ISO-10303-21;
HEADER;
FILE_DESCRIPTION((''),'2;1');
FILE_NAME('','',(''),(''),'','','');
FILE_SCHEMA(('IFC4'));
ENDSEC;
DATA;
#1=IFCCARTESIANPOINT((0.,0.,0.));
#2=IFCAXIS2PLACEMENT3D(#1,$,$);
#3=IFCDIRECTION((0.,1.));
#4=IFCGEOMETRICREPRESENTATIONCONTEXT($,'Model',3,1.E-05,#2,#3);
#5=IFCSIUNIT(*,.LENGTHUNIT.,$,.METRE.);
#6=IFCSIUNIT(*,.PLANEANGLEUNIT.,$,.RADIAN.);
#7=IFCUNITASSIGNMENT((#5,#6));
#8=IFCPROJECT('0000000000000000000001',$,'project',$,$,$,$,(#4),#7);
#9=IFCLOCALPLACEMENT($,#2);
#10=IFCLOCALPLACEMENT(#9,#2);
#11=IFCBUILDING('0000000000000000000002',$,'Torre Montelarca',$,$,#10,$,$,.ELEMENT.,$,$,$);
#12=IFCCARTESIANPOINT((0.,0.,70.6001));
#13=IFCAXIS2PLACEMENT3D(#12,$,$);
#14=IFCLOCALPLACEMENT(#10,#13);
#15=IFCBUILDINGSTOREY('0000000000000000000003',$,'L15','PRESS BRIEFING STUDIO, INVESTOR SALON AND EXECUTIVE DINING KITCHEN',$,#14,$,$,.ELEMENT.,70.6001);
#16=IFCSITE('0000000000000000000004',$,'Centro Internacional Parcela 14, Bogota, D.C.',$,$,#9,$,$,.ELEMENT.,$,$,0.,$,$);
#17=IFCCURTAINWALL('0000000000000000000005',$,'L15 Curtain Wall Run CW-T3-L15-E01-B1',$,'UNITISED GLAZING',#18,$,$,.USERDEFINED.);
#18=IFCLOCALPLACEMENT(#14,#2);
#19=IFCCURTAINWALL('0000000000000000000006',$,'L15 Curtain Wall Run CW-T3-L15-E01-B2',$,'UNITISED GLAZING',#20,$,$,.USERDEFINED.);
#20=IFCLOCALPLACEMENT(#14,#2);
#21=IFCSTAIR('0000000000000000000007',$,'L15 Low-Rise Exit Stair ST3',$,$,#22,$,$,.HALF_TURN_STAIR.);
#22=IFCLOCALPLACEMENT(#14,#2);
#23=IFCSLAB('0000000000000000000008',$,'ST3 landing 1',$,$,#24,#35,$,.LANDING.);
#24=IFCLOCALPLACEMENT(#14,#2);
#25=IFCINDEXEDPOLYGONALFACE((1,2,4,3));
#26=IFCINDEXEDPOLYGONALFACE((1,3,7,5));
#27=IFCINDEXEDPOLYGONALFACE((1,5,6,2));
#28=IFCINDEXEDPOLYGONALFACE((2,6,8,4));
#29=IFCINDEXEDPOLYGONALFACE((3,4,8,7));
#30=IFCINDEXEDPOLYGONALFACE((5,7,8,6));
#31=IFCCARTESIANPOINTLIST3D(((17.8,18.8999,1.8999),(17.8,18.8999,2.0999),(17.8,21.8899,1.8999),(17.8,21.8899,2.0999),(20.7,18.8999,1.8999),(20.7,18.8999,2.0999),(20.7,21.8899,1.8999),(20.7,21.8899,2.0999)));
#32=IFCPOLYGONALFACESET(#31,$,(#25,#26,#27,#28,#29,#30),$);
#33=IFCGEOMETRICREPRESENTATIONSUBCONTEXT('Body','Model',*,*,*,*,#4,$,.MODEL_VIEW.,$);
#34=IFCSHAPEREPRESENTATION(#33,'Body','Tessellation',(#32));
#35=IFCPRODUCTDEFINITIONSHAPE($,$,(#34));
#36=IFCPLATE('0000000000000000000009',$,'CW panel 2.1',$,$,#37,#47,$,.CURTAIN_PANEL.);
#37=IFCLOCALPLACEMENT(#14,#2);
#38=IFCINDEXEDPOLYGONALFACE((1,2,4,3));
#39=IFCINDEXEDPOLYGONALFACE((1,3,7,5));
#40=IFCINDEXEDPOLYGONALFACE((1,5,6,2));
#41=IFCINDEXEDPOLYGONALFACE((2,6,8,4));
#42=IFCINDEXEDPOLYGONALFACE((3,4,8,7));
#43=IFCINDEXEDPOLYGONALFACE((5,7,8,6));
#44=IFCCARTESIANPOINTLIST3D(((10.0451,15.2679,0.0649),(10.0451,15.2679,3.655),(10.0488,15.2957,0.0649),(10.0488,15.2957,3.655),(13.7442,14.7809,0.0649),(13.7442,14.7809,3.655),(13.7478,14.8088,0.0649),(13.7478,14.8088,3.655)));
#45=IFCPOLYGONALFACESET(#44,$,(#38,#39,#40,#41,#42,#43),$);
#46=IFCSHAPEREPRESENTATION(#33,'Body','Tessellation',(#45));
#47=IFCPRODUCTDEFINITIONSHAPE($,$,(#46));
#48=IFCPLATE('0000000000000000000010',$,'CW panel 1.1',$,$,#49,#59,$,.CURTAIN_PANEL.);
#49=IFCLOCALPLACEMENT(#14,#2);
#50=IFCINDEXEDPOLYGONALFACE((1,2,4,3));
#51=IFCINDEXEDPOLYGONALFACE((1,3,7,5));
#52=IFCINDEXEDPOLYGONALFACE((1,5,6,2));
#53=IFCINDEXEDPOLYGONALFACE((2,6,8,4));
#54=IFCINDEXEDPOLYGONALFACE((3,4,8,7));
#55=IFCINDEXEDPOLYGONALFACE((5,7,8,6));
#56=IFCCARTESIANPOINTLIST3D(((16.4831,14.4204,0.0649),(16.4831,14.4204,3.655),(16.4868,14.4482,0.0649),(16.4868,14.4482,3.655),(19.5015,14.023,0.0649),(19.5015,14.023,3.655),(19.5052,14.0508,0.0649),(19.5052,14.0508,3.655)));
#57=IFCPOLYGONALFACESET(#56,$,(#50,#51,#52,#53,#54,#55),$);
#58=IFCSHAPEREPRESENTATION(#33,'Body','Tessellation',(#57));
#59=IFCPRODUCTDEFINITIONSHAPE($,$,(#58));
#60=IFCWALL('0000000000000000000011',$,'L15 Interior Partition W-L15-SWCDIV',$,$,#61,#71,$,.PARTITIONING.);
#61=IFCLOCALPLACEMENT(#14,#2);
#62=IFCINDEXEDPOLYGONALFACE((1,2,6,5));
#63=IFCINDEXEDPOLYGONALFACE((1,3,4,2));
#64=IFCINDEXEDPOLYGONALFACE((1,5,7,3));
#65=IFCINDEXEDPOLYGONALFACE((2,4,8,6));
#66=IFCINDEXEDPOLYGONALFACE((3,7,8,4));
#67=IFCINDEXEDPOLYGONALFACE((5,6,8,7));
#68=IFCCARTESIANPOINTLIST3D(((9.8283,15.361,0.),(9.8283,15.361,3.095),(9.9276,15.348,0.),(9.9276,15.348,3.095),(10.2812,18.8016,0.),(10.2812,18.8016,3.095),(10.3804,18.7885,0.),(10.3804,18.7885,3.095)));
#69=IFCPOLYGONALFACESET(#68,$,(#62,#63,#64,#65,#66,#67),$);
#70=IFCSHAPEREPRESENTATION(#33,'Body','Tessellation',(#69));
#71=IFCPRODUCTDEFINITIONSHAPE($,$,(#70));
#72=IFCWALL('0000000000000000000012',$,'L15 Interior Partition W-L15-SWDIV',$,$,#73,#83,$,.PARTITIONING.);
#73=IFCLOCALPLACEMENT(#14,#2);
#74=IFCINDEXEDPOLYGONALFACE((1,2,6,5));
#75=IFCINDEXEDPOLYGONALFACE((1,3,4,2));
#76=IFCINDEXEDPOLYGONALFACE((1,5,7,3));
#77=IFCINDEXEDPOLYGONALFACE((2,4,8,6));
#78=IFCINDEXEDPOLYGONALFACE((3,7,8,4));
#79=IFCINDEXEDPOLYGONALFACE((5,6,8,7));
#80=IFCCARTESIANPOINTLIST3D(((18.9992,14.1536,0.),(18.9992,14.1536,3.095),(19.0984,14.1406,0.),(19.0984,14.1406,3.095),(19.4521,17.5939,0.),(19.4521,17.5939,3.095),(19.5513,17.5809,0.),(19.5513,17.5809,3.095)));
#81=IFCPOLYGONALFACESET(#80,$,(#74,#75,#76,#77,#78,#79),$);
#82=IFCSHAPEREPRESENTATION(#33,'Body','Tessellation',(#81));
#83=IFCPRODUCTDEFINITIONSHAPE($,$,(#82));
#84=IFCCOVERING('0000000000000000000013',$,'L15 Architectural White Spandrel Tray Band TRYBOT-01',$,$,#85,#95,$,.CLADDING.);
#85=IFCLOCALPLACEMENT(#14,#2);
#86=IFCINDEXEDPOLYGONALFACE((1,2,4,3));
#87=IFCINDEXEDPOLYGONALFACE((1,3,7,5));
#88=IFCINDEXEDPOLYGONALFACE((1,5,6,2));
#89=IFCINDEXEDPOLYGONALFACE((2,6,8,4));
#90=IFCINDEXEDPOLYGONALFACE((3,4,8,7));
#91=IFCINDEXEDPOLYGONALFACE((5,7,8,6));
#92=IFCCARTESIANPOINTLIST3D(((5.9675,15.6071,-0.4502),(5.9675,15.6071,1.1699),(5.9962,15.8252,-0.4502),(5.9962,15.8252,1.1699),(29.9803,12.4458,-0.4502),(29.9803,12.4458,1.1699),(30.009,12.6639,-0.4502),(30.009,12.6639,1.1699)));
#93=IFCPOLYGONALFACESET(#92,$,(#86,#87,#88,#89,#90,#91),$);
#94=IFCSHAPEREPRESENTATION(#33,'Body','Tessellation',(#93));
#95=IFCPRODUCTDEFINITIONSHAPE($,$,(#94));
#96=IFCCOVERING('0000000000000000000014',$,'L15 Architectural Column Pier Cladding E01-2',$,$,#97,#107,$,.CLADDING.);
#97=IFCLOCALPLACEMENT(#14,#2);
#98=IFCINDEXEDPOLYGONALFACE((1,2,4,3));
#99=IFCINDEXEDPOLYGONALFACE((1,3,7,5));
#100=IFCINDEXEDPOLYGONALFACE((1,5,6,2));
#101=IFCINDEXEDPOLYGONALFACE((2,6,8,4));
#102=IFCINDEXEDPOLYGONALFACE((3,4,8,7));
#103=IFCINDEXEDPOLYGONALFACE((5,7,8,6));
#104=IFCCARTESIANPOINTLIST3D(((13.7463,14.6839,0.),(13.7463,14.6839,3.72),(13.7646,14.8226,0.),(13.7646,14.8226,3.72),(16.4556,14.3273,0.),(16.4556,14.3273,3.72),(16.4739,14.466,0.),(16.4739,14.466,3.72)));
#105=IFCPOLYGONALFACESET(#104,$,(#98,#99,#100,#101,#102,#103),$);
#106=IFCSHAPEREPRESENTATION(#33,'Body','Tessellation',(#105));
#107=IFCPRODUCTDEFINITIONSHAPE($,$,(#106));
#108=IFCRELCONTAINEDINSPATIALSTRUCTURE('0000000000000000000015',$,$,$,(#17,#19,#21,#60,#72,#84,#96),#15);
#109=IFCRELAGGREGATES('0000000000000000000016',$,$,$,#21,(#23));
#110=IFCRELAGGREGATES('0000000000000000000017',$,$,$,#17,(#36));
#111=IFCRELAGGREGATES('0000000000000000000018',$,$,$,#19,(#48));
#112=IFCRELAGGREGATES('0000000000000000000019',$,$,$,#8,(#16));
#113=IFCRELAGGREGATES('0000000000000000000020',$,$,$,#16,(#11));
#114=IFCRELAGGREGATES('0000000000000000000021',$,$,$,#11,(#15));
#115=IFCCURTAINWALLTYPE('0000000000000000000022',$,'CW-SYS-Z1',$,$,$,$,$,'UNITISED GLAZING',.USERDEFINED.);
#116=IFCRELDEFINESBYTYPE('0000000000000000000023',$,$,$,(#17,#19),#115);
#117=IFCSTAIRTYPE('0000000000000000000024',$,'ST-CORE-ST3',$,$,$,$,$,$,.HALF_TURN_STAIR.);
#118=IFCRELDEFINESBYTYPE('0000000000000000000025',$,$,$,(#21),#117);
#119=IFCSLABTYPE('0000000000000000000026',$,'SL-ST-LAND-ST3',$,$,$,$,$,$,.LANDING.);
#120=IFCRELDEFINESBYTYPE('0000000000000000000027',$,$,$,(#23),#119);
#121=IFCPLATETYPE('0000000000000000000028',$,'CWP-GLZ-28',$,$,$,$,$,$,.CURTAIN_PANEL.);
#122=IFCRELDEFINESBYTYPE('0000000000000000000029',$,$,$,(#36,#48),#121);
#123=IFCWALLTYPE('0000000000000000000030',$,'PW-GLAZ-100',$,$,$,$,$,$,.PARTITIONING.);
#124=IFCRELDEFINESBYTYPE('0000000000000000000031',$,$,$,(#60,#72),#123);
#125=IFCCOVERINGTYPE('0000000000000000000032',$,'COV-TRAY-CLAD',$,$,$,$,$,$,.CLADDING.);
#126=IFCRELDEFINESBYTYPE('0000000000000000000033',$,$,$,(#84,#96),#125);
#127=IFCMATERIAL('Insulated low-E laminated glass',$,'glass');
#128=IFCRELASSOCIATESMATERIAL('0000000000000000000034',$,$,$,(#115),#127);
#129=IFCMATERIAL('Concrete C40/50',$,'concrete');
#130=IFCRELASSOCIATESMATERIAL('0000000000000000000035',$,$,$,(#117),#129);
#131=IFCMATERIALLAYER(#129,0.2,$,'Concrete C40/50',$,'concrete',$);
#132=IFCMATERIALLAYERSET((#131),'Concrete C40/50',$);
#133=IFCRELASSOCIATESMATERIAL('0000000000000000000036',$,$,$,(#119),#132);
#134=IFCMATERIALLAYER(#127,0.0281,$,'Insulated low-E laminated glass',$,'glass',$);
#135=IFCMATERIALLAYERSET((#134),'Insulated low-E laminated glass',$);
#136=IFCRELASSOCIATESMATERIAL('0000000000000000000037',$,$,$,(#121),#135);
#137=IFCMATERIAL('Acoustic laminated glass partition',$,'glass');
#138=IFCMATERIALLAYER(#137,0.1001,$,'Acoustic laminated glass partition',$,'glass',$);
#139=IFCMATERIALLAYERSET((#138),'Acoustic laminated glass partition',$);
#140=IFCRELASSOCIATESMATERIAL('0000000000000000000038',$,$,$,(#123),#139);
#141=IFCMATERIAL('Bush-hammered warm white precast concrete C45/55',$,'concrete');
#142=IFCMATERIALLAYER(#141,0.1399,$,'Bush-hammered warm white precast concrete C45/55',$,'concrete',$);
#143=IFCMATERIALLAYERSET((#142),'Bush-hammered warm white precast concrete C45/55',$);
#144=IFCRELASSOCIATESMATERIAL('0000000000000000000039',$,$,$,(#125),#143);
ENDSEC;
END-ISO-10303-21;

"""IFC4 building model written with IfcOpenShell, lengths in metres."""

from ifc_helpers import new_model, si_unit, direction, frame, frame_2d, origin, origin_2d, place, context, subcontext, project, spatial, polyline, rectangle, outline, extrude, source, transform, mapped, material, layer, layer_set, type_object, element, aggregate, save


model = new_model("IFC4")

# Units and contexts
model_context = context("Model", 3, precision=1e-05, world=origin(), true_north=direction((0.0, 1.0)))
body_context = subcontext(model_context, "Body", "Model", "MODEL_VIEW")
ifc_project = project(units=[si_unit("LENGTHUNIT", "METRE"), si_unit("PLANEANGLEUNIT", "RADIAN")], contexts=[model_context])

# Site, building, storey
site_placement = place(None, origin())
site = spatial("IfcSite", under=ifc_project, at=site_placement, Name="Centro Internacional Parcela 14, Bogota, D.C.", CompositionType="ELEMENT", RefElevation=0.0)
building_placement = place(site_placement, origin())
building = spatial("IfcBuilding", under=site, at=building_placement, Name="Torre Montelarca", CompositionType="ELEMENT")
storey_placement = place(building_placement, frame((0.0, 0.0, 70.6001)))
storey = spatial("IfcBuildingStorey", under=building, at=storey_placement, Name="L15", Description="PRESS BRIEFING STUDIO, INVESTOR SALON AND EXECUTIVE DINING KITCHEN", CompositionType="ELEMENT", Elevation=70.6001)

# Curtain wall
ifc_material_1 = material(Name="Insulated low-E laminated glass", Category="glass")
curtain_wall_type = type_object("IfcCurtainWallType", Name="CW-SYS-Z1", ElementType="UNITISED GLAZING", PredefinedType="USERDEFINED", material=ifc_material_1)
curtain_wall_1_placement = place(storey_placement, origin())
curtain_wall_1 = element("IfcCurtainWall", 1, at=curtain_wall_1_placement, inside=storey, type_object=curtain_wall_type, Name="L15 Curtain Wall Run CW-T3-L15-E01-B1", ObjectType="UNITISED GLAZING", PredefinedType="USERDEFINED")

# Curtain wall
curtain_wall_2_placement = place(storey_placement, origin())
curtain_wall_2 = element("IfcCurtainWall", 2, at=curtain_wall_2_placement, inside=storey, type_object=curtain_wall_type, Name="L15 Curtain Wall Run CW-T3-L15-E01-B2", ObjectType="UNITISED GLAZING", PredefinedType="USERDEFINED")

# Shared definitions
ifc_material_2 = material(Name="Concrete C40/50", Category="concrete")

# Stair, slab
stair_type_1 = type_object("IfcStairType", Name="ST-CORE-ST3", PredefinedType="HALF_TURN_STAIR", material=ifc_material_2)
stair_1_placement = place(storey_placement, origin())
stair_1 = element("IfcStair", 3, at=stair_1_placement, inside=storey, type_object=stair_type_1, Name="L15 Low-Rise Exit Stair ST3", PredefinedType="HALF_TURN_STAIR")
ifc_layer_1 = layer(ifc_material_2, 0.2, Name="Concrete C40/50", Category="concrete")
ifc_layer_set_1 = layer_set([ifc_layer_1], Name="Concrete C40/50")
slab_type_1 = type_object("IfcSlabType", Name="SL-ST-LAND-ST3", PredefinedType="LANDING", material=ifc_layer_set_1)
slab_1_placement = place(storey_placement, frame((0.0, 0.0, 1.8999)))
slab_1 = element("IfcSlab", 4, at=slab_1_placement, type_object=slab_type_1, Name="ST3 landing 1", PredefinedType="LANDING", context=body_context, shape_type="SweptSolid", body=[
    extrude(outline(polyline([(17.8, 18.8999), (20.7, 18.8999), (20.7, 21.8899), (17.8, 21.8899), (17.8, 18.8999)])), origin(), (0.0, 0.0, 1.0), 0.2),
])
aggregate(stair_1, [slab_1])

# Plates
ifc_layer_2 = layer(ifc_material_1, 0.0281, Name="Insulated low-E laminated glass", Category="glass")
ifc_layer_set_2 = layer_set([ifc_layer_2], Name="Insulated low-E laminated glass")
plate_type = type_object("IfcPlateType", Name="CWP-GLZ-28", PredefinedType="CURTAIN_PANEL", material=ifc_layer_set_2)
shared_shape_1 = source(origin(), body_context, "Body", "SweptSolid", [
    extrude(rectangle(XDim=3.731, YDim=0.0281, at=origin_2d()), origin(), (0.0, 0.0, 1.0), 3.5901),
])
plate_1_placement = place(storey_placement, frame((11.8965, 15.0383, 0.0649), z_axis=(0.0, 0.0, 1.0), x_axis=(0.991446, -0.130519, 0.0)))
plate_1 = element("IfcPlate", 5, at=plate_1_placement, type_object=plate_type, Name="CW panel 2.1", PredefinedType="CURTAIN_PANEL", context=body_context, shape_type="MappedRepresentation", body=[
    mapped(shared_shape_1, transform((0.0, 0.0, 0.0), scale=1.0)),
])
aggregate(curtain_wall_1, [plate_1])
shared_shape_2 = source(origin(), body_context, "Body", "SweptSolid", [
    extrude(rectangle(XDim=3.0444, YDim=0.0281, at=origin_2d()), origin(), (0.0, 0.0, 1.0), 3.5901),
])
plate_2_placement = place(storey_placement, frame((17.9941, 14.2356, 0.0649), z_axis=(0.0, 0.0, 1.0), x_axis=(0.991445, -0.130525, 0.0)))
plate_2 = element("IfcPlate", 6, at=plate_2_placement, type_object=plate_type, Name="CW panel 1.1", PredefinedType="CURTAIN_PANEL", context=body_context, shape_type="MappedRepresentation", body=[
    mapped(shared_shape_2, transform((0.0, 0.0, 0.0), scale=1.0)),
])
aggregate(curtain_wall_2, [plate_2])

# Walls
ifc_material_3 = material(Name="Acoustic laminated glass partition", Category="glass")
ifc_layer_3 = layer(ifc_material_3, 0.1001, Name="Acoustic laminated glass partition", Category="glass")
ifc_layer_set_3 = layer_set([ifc_layer_3], Name="Acoustic laminated glass partition")
wall_type = type_object("IfcWallType", Name="PW-GLAZ-100", PredefinedType="PARTITIONING", material=ifc_layer_set_3)
wall_1_placement = place(storey_placement, frame((9.8779, 15.3545, 0.0), z_axis=(0.0, 0.0, 1.0), x_axis=(0.130509, 0.991447, 0.0)))
element("IfcWall", 7, at=wall_1_placement, inside=storey, type_object=wall_type, Name="L15 Interior Partition W-L15-SWCDIV", PredefinedType="PARTITIONING", context=body_context, shape_type="SweptSolid", body=[
    extrude(rectangle(XDim=3.4702, YDim=0.1001, at=frame_2d((1.7351, 0.0))), origin(), (0.0, 0.0, 1.0), 3.095),
])
wall_2_placement = place(storey_placement, frame((19.0488, 14.1472, 0.0), z_axis=(0.0, 0.0, 1.0), x_axis=(0.130518, 0.991446, 0.0)))
element("IfcWall", 8, at=wall_2_placement, inside=storey, type_object=wall_type, Name="L15 Interior Partition W-L15-SWDIV", PredefinedType="PARTITIONING", context=body_context, shape_type="SweptSolid", body=[
    extrude(rectangle(XDim=3.47, YDim=0.1001, at=frame_2d((1.7349, 0.0))), origin(), (0.0, 0.0, 1.0), 3.095),
])

# Coverings
ifc_material_4 = material(Name="Bush-hammered warm white precast concrete C45/55", Category="concrete")
ifc_layer_4 = layer(ifc_material_4, 0.1399, Name="Bush-hammered warm white precast concrete C45/55", Category="concrete")
ifc_layer_set_4 = layer_set([ifc_layer_4], Name="Bush-hammered warm white precast concrete C45/55")
covering_type = type_object("IfcCoveringType", Name="COV-TRAY-CLAD", PredefinedType="CLADDING", material=ifc_layer_set_4)
shared_shape_3 = source(origin(), body_context, "Body", "SweptSolid", [
    extrude(rectangle(XDim=24.22, YDim=0.22, at=origin_2d()), origin(), (0.0, 0.0, 1.0), 1.6201),
])
covering_1_placement = place(storey_placement, frame((17.9883, 14.1355, -0.4502), z_axis=(0.0, 0.0, 1.0), x_axis=(0.991445, -0.130523, 0.0)))
element("IfcCovering", 9, at=covering_1_placement, inside=storey, type_object=covering_type, Name="L15 Architectural White Spandrel Tray Band TRYBOT-01", PredefinedType="CLADDING", context=body_context, shape_type="MappedRepresentation", body=[
    mapped(shared_shape_3, transform((0.0, 0.0, 0.0), scale=1.0)),
])
shared_shape_4 = source(origin(), body_context, "Body", "SweptSolid", [
    extrude(rectangle(XDim=2.7327, YDim=0.1399, at=origin_2d()), origin(), (0.0, 0.0, 1.0), 3.72),
])
covering_2_placement = place(storey_placement, frame((15.1101, 14.575, 0.0), z_axis=(0.0, 0.0, 1.0), x_axis=(0.991445, -0.130523, 0.0)))
element("IfcCovering", 10, at=covering_2_placement, inside=storey, type_object=covering_type, Name="L15 Architectural Column Pier Cladding E01-2", PredefinedType="CLADDING", context=body_context, shape_type="MappedRepresentation", body=[
    mapped(shared_shape_4, transform((0.0, 0.0, 0.0), scale=1.0)),
])

save(model, "model.ifc")
